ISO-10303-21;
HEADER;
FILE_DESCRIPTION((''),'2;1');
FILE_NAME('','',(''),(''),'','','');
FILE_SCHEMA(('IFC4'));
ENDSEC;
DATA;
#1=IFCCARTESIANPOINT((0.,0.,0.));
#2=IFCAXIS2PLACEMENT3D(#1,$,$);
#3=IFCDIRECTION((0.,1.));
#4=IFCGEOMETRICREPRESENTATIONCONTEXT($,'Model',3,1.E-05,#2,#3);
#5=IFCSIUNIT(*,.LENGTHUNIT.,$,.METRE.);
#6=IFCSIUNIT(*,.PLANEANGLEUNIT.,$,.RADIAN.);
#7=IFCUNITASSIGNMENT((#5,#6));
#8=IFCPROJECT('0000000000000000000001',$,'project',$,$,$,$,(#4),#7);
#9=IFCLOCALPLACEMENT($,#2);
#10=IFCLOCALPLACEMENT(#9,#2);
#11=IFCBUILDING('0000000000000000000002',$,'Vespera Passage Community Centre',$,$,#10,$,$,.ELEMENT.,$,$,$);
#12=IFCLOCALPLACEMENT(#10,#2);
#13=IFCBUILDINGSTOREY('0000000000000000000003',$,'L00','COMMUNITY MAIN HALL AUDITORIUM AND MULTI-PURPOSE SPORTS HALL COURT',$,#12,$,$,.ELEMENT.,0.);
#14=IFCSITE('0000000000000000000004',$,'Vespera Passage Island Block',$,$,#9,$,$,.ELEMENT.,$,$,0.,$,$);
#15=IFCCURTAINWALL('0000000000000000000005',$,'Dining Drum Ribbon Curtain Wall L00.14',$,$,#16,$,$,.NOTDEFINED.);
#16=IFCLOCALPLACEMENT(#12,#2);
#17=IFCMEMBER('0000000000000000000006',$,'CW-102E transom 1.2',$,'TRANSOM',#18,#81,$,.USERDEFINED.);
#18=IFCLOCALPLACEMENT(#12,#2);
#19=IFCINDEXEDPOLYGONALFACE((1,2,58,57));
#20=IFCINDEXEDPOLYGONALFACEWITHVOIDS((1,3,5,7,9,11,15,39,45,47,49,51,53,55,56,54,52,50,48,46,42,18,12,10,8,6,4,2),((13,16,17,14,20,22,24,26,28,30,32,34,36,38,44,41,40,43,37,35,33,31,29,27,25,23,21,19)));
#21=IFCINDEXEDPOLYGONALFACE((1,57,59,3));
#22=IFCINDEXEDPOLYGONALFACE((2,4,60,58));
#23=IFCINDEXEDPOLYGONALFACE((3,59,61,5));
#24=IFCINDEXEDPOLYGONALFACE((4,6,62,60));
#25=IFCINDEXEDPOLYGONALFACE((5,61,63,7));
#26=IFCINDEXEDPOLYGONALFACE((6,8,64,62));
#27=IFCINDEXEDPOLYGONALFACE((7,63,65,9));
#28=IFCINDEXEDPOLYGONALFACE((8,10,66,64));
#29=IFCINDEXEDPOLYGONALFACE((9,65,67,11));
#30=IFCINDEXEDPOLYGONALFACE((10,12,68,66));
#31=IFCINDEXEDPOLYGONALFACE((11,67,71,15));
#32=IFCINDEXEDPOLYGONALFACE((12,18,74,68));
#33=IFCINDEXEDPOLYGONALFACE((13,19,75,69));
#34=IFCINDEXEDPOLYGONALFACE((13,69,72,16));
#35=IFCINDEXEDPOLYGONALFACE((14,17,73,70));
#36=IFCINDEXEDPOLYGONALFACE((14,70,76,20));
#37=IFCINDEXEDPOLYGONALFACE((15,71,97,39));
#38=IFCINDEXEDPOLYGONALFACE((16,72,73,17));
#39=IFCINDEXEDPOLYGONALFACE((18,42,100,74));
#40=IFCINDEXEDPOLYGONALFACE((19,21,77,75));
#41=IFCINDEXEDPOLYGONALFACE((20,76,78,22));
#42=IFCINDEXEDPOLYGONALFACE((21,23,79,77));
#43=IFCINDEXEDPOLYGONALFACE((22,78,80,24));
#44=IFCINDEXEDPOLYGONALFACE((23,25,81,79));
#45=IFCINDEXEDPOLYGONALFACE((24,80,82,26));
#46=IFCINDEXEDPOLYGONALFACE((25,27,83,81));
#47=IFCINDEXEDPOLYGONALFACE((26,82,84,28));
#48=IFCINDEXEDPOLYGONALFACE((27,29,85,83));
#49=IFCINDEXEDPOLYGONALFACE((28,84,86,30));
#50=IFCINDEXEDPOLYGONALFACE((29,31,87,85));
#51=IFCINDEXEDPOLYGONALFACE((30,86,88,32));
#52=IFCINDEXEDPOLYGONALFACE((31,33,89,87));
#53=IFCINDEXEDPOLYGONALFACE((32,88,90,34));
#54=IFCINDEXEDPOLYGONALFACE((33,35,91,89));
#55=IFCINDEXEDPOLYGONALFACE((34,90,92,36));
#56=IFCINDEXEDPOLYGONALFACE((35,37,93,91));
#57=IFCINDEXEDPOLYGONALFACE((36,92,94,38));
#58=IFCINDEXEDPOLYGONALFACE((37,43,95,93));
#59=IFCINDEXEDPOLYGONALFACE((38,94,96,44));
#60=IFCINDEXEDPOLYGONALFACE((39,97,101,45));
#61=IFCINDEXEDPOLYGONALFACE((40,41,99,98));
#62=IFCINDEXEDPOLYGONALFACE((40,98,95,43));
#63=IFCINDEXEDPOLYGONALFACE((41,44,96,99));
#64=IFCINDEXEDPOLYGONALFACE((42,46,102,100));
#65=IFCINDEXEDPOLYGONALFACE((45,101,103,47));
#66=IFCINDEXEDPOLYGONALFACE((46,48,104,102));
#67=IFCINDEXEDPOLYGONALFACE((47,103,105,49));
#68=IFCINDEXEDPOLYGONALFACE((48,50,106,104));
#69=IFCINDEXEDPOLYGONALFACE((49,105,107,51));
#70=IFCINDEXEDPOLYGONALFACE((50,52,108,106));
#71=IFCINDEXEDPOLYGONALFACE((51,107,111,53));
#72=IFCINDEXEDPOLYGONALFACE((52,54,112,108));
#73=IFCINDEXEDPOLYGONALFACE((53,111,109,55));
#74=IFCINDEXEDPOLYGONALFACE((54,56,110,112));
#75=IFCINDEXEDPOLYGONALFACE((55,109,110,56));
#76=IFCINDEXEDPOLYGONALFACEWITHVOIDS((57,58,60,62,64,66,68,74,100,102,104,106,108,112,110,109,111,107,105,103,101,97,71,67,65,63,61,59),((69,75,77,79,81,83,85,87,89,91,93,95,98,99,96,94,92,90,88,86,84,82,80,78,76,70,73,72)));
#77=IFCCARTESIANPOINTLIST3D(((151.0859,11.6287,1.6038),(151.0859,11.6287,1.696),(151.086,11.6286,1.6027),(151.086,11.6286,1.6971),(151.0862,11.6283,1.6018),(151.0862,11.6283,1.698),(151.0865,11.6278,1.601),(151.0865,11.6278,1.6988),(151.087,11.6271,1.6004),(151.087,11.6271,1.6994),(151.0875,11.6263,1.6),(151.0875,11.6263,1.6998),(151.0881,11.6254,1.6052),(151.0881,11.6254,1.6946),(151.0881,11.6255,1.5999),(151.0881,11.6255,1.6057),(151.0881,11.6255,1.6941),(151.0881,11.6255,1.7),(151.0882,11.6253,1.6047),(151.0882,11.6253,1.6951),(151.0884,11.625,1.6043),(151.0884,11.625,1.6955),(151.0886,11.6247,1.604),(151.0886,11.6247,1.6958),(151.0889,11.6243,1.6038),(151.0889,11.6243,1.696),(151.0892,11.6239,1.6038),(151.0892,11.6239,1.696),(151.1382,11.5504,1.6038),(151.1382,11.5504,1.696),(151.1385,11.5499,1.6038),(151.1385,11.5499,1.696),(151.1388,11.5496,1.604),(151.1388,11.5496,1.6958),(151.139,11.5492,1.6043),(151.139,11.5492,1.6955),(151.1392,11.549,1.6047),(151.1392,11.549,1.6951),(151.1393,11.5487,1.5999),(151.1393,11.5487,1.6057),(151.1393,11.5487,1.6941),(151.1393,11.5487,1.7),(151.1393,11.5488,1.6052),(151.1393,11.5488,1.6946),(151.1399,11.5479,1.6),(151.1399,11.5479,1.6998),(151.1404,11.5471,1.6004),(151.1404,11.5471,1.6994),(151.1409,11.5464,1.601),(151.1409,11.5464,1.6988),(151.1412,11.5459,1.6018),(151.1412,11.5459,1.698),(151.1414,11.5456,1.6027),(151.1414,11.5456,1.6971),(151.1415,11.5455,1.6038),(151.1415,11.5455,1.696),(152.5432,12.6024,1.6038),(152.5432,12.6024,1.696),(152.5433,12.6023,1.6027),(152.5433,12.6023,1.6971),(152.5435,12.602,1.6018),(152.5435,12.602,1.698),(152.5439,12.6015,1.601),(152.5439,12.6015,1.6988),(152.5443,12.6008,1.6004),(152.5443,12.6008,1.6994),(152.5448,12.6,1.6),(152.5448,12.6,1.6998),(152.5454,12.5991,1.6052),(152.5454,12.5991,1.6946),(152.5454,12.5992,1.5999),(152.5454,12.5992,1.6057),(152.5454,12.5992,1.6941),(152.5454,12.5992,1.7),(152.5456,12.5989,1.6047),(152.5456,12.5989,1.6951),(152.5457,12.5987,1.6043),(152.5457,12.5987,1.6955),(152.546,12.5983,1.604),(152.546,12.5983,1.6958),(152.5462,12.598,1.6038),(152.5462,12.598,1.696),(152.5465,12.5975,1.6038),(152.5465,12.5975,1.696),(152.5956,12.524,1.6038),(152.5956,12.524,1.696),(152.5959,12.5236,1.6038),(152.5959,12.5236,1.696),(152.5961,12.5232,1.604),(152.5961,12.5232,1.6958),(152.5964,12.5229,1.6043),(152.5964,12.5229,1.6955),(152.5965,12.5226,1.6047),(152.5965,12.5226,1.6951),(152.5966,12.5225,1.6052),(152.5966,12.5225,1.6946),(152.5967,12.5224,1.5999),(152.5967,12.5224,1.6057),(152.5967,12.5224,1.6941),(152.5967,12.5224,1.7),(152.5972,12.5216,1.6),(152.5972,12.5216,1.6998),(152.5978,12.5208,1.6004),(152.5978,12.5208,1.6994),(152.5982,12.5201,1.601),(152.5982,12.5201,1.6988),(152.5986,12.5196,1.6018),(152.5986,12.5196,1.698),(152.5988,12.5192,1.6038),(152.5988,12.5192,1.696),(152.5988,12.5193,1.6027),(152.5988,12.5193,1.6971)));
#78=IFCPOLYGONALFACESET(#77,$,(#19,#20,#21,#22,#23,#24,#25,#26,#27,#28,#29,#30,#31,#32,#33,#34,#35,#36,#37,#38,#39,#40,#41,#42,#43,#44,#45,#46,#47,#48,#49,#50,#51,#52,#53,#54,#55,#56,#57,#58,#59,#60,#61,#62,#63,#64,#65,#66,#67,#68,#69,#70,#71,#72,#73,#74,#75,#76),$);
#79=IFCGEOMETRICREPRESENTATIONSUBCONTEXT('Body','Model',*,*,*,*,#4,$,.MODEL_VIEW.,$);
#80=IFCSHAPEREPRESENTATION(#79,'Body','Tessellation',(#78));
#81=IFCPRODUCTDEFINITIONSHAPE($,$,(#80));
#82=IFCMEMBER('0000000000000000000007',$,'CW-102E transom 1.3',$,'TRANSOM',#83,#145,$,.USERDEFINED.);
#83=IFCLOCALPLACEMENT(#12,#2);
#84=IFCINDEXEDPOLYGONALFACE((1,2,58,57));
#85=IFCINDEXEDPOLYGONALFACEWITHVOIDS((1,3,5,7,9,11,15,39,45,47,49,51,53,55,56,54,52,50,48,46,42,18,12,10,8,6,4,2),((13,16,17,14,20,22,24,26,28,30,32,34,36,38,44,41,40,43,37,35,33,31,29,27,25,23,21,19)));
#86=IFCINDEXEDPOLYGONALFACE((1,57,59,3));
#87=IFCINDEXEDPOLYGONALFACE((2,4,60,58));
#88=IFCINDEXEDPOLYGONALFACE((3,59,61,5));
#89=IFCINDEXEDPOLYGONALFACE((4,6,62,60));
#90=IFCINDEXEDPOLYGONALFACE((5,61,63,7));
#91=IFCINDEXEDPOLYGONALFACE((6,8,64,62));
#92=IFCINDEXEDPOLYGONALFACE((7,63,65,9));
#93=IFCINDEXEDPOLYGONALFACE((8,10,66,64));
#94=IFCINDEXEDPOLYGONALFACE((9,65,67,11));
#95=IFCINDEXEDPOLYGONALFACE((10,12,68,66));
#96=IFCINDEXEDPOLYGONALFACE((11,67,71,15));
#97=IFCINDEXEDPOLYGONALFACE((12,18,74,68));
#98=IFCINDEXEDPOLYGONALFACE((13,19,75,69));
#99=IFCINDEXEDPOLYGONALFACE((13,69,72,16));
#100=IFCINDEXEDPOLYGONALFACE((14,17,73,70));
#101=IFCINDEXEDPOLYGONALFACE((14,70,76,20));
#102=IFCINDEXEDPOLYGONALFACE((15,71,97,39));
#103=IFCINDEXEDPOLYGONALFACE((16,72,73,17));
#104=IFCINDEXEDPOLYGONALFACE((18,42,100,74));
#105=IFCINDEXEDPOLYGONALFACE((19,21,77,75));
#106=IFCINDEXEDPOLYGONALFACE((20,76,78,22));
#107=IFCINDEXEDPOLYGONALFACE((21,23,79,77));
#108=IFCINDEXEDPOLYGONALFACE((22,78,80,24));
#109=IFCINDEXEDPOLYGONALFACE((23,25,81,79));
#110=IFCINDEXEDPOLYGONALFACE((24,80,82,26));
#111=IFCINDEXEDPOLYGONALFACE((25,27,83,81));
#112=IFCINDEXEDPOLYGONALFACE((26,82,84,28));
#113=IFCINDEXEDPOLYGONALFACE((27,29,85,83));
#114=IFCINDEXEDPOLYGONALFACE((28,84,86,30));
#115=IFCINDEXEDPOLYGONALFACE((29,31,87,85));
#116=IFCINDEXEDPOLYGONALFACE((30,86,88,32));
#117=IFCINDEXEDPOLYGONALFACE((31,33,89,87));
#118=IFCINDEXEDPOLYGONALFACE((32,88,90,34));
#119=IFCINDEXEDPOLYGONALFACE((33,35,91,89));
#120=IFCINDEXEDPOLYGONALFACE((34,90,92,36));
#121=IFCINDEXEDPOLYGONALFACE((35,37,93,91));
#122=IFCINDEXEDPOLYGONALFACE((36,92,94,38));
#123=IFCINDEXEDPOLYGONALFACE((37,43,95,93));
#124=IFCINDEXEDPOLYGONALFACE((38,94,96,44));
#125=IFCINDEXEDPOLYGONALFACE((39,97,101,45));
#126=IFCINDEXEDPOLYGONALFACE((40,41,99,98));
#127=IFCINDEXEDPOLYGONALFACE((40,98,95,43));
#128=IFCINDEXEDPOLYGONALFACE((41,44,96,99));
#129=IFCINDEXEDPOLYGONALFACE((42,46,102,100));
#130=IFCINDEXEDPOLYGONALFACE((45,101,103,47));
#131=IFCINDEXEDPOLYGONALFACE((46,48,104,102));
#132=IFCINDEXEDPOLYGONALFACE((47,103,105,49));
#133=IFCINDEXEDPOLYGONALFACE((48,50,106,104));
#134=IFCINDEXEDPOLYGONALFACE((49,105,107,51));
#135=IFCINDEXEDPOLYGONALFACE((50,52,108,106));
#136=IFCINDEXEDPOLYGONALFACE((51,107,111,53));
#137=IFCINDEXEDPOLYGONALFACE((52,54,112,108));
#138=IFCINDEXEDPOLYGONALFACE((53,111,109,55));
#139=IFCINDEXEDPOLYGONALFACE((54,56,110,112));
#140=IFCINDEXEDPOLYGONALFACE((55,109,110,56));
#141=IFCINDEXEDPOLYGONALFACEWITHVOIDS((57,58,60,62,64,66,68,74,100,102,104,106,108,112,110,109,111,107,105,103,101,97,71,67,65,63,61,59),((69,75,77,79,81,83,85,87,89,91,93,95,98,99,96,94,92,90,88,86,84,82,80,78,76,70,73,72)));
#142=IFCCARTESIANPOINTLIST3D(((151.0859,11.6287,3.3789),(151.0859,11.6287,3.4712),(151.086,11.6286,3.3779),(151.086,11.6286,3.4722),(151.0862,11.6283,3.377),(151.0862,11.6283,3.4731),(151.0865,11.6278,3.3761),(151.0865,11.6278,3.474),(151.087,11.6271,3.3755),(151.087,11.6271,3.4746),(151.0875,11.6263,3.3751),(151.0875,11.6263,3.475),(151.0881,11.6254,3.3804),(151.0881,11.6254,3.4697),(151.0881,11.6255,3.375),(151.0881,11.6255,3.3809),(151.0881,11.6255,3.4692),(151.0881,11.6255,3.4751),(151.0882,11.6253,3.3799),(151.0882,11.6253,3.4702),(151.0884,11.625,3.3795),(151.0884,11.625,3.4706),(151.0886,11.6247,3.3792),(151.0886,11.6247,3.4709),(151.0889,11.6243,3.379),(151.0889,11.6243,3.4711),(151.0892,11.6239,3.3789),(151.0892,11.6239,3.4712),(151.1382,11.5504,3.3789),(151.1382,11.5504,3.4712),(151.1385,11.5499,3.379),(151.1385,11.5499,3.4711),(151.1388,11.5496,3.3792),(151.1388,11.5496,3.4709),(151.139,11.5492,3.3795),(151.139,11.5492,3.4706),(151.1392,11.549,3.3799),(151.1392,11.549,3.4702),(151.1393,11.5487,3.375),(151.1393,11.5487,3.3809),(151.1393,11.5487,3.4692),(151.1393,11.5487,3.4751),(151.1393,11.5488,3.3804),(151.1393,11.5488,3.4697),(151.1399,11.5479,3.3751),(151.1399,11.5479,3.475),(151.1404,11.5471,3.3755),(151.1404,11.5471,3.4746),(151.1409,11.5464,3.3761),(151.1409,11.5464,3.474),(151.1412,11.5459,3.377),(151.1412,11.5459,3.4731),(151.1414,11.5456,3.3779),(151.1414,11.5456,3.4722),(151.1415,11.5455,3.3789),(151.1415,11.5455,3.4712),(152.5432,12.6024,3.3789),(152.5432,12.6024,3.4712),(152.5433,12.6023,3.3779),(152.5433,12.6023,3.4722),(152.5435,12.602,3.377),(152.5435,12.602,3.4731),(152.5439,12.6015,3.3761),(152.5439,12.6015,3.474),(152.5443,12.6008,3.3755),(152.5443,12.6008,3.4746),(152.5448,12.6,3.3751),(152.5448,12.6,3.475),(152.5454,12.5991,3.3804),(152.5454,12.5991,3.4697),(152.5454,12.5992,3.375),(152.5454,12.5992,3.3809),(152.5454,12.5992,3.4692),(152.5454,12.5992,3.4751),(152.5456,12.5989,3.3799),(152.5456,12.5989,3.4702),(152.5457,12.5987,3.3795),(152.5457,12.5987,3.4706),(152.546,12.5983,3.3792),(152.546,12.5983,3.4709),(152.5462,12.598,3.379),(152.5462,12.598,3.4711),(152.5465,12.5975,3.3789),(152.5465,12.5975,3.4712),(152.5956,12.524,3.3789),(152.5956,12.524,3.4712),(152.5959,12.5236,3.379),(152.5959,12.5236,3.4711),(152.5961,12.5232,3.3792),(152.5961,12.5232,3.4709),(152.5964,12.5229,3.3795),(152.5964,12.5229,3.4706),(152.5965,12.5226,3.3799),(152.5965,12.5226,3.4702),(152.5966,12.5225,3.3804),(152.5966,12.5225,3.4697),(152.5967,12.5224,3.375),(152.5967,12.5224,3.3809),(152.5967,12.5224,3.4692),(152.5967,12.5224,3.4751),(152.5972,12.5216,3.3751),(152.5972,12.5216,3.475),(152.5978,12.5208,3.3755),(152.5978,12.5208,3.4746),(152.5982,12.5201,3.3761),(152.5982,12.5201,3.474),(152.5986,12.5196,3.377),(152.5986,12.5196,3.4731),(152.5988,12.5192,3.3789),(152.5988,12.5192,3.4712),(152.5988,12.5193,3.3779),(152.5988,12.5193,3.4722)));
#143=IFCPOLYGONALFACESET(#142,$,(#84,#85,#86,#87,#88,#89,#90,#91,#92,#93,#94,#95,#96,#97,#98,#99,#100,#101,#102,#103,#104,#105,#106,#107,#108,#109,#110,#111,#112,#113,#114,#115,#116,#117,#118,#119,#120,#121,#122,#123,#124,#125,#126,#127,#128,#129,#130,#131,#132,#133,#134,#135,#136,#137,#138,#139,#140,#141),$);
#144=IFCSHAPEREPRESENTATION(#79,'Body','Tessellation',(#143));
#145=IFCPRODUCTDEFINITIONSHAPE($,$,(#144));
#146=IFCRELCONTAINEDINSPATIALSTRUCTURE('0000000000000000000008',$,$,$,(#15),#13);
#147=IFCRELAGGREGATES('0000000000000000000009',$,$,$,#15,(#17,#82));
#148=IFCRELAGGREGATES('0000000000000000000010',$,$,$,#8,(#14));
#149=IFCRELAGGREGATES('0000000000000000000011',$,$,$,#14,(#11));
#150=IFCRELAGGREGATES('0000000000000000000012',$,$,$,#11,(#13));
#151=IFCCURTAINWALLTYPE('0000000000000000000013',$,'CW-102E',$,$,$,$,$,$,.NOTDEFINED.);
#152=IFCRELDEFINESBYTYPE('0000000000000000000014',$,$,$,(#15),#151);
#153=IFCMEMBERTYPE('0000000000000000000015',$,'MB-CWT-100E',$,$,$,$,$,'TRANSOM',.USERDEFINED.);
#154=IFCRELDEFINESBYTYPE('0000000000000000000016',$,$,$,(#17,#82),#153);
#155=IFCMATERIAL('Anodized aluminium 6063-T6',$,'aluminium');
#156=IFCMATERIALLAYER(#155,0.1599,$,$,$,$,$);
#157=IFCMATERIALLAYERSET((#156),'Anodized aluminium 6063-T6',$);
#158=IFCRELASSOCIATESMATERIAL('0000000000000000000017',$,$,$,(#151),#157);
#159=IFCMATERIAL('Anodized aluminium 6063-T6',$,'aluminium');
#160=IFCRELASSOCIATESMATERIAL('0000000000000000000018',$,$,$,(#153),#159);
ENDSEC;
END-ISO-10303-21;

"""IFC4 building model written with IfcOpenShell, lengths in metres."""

from ifc_helpers import new_model, si_unit, direction, frame, origin, origin_2d, place, context, subcontext, project, spatial, hollow_rectangle, extrude, material, layer, layer_set, material_profile, profile_set, type_object, element, aggregate, save


model = new_model("IFC4")

# Units and contexts
model_context = context("Model", 3, precision=1e-05, world=origin(), true_north=direction((0.0, 1.0)))
body_context = subcontext(model_context, "Body", "Model", "MODEL_VIEW")
ifc_project = project(units=[si_unit("LENGTHUNIT", "METRE"), si_unit("PLANEANGLEUNIT", "RADIAN")], contexts=[model_context])

# Site, building, storey
site_placement = place(None, origin())
site = spatial("IfcSite", under=ifc_project, at=site_placement, Name="Vespera Passage Island Block", CompositionType="ELEMENT", RefElevation=0.0)
building_placement = place(site_placement, origin())
building = spatial("IfcBuilding", under=site, at=building_placement, Name="Vespera Passage Community Centre", CompositionType="ELEMENT")
storey_placement = place(building_placement, origin())
storey = spatial("IfcBuildingStorey", under=building, at=storey_placement, Name="L00", Description="COMMUNITY MAIN HALL AUDITORIUM AND MULTI-PURPOSE SPORTS HALL COURT", CompositionType="ELEMENT", Elevation=0.0)

# Curtain wall, members
ifc_material_1 = material(Name="Anodized aluminium 6063-T6", Category="aluminium")
ifc_layer_1 = layer(ifc_material_1, 0.1599)
ifc_layer_set_1 = layer_set([ifc_layer_1], Name="Anodized aluminium 6063-T6")
curtain_wall_type = type_object("IfcCurtainWallType", Name="CW-102E", PredefinedType="NOTDEFINED", material=ifc_layer_set_1)
curtain_wall_placement = place(storey_placement, origin())
curtain_wall = element("IfcCurtainWall", 1, at=curtain_wall_placement, inside=storey, type_object=curtain_wall_type, Name="Dining Drum Ribbon Curtain Wall L00.14", PredefinedType="NOTDEFINED")
ifc_material_2 = material(Name="Anodized aluminium 6063-T6", Category="aluminium")
ifc_material_profile_1 = material_profile(ifc_material_2, hollow_rectangle(XDim=0.1001, YDim=0.1001, WallThickness=0.0039, InnerFilletRadius=0.002, OuterFilletRadius=0.0039, at=origin_2d()), Name="ALU100X100X4")
ifc_profile_set_1 = profile_set([ifc_material_profile_1], Name="Anodized aluminium 6063-T6")
member_type_1 = type_object("IfcMemberType", Name="MB-CWT-100E", ElementType="TRANSOM", PredefinedType="USERDEFINED", material=ifc_profile_set_1)
member_1_placement = place(storey_placement, frame((152.571, 12.5608, 1.6499), z_axis=(-0.831493, -0.555536, 0.0), x_axis=(0.555536, -0.831493, 0.0)))
member_1 = element("IfcMember", 2, at=member_1_placement, type_object=member_type_1, Name="CW-102E transom 1.2", ObjectType="TRANSOM", PredefinedType="USERDEFINED", context=body_context, shape_type="SweptSolid", body=[
    extrude(hollow_rectangle(XDim=0.1001, YDim=0.1001, WallThickness=0.0039, InnerFilletRadius=0.002, OuterFilletRadius=0.0039, at=origin_2d()), origin(), (0.0, 0.0, 1.0), 1.7527),
])
member_2_placement = place(storey_placement, frame((152.571, 12.5608, 3.425), z_axis=(-0.831493, -0.555536, 0.0), x_axis=(0.555536, -0.831493, 0.0)))
member_2 = element("IfcMember", 3, at=member_2_placement, type_object=member_type_1, Name="CW-102E transom 1.3", ObjectType="TRANSOM", PredefinedType="USERDEFINED", context=body_context, shape_type="SweptSolid", body=[
    extrude(hollow_rectangle(XDim=0.1001, YDim=0.1001, WallThickness=0.0039, InnerFilletRadius=0.002, OuterFilletRadius=0.0039, at=origin_2d()), origin(), (0.0, 0.0, 1.0), 1.7527),
])
aggregate(curtain_wall, [member_1, member_2])

save(model, "model.ifc")
